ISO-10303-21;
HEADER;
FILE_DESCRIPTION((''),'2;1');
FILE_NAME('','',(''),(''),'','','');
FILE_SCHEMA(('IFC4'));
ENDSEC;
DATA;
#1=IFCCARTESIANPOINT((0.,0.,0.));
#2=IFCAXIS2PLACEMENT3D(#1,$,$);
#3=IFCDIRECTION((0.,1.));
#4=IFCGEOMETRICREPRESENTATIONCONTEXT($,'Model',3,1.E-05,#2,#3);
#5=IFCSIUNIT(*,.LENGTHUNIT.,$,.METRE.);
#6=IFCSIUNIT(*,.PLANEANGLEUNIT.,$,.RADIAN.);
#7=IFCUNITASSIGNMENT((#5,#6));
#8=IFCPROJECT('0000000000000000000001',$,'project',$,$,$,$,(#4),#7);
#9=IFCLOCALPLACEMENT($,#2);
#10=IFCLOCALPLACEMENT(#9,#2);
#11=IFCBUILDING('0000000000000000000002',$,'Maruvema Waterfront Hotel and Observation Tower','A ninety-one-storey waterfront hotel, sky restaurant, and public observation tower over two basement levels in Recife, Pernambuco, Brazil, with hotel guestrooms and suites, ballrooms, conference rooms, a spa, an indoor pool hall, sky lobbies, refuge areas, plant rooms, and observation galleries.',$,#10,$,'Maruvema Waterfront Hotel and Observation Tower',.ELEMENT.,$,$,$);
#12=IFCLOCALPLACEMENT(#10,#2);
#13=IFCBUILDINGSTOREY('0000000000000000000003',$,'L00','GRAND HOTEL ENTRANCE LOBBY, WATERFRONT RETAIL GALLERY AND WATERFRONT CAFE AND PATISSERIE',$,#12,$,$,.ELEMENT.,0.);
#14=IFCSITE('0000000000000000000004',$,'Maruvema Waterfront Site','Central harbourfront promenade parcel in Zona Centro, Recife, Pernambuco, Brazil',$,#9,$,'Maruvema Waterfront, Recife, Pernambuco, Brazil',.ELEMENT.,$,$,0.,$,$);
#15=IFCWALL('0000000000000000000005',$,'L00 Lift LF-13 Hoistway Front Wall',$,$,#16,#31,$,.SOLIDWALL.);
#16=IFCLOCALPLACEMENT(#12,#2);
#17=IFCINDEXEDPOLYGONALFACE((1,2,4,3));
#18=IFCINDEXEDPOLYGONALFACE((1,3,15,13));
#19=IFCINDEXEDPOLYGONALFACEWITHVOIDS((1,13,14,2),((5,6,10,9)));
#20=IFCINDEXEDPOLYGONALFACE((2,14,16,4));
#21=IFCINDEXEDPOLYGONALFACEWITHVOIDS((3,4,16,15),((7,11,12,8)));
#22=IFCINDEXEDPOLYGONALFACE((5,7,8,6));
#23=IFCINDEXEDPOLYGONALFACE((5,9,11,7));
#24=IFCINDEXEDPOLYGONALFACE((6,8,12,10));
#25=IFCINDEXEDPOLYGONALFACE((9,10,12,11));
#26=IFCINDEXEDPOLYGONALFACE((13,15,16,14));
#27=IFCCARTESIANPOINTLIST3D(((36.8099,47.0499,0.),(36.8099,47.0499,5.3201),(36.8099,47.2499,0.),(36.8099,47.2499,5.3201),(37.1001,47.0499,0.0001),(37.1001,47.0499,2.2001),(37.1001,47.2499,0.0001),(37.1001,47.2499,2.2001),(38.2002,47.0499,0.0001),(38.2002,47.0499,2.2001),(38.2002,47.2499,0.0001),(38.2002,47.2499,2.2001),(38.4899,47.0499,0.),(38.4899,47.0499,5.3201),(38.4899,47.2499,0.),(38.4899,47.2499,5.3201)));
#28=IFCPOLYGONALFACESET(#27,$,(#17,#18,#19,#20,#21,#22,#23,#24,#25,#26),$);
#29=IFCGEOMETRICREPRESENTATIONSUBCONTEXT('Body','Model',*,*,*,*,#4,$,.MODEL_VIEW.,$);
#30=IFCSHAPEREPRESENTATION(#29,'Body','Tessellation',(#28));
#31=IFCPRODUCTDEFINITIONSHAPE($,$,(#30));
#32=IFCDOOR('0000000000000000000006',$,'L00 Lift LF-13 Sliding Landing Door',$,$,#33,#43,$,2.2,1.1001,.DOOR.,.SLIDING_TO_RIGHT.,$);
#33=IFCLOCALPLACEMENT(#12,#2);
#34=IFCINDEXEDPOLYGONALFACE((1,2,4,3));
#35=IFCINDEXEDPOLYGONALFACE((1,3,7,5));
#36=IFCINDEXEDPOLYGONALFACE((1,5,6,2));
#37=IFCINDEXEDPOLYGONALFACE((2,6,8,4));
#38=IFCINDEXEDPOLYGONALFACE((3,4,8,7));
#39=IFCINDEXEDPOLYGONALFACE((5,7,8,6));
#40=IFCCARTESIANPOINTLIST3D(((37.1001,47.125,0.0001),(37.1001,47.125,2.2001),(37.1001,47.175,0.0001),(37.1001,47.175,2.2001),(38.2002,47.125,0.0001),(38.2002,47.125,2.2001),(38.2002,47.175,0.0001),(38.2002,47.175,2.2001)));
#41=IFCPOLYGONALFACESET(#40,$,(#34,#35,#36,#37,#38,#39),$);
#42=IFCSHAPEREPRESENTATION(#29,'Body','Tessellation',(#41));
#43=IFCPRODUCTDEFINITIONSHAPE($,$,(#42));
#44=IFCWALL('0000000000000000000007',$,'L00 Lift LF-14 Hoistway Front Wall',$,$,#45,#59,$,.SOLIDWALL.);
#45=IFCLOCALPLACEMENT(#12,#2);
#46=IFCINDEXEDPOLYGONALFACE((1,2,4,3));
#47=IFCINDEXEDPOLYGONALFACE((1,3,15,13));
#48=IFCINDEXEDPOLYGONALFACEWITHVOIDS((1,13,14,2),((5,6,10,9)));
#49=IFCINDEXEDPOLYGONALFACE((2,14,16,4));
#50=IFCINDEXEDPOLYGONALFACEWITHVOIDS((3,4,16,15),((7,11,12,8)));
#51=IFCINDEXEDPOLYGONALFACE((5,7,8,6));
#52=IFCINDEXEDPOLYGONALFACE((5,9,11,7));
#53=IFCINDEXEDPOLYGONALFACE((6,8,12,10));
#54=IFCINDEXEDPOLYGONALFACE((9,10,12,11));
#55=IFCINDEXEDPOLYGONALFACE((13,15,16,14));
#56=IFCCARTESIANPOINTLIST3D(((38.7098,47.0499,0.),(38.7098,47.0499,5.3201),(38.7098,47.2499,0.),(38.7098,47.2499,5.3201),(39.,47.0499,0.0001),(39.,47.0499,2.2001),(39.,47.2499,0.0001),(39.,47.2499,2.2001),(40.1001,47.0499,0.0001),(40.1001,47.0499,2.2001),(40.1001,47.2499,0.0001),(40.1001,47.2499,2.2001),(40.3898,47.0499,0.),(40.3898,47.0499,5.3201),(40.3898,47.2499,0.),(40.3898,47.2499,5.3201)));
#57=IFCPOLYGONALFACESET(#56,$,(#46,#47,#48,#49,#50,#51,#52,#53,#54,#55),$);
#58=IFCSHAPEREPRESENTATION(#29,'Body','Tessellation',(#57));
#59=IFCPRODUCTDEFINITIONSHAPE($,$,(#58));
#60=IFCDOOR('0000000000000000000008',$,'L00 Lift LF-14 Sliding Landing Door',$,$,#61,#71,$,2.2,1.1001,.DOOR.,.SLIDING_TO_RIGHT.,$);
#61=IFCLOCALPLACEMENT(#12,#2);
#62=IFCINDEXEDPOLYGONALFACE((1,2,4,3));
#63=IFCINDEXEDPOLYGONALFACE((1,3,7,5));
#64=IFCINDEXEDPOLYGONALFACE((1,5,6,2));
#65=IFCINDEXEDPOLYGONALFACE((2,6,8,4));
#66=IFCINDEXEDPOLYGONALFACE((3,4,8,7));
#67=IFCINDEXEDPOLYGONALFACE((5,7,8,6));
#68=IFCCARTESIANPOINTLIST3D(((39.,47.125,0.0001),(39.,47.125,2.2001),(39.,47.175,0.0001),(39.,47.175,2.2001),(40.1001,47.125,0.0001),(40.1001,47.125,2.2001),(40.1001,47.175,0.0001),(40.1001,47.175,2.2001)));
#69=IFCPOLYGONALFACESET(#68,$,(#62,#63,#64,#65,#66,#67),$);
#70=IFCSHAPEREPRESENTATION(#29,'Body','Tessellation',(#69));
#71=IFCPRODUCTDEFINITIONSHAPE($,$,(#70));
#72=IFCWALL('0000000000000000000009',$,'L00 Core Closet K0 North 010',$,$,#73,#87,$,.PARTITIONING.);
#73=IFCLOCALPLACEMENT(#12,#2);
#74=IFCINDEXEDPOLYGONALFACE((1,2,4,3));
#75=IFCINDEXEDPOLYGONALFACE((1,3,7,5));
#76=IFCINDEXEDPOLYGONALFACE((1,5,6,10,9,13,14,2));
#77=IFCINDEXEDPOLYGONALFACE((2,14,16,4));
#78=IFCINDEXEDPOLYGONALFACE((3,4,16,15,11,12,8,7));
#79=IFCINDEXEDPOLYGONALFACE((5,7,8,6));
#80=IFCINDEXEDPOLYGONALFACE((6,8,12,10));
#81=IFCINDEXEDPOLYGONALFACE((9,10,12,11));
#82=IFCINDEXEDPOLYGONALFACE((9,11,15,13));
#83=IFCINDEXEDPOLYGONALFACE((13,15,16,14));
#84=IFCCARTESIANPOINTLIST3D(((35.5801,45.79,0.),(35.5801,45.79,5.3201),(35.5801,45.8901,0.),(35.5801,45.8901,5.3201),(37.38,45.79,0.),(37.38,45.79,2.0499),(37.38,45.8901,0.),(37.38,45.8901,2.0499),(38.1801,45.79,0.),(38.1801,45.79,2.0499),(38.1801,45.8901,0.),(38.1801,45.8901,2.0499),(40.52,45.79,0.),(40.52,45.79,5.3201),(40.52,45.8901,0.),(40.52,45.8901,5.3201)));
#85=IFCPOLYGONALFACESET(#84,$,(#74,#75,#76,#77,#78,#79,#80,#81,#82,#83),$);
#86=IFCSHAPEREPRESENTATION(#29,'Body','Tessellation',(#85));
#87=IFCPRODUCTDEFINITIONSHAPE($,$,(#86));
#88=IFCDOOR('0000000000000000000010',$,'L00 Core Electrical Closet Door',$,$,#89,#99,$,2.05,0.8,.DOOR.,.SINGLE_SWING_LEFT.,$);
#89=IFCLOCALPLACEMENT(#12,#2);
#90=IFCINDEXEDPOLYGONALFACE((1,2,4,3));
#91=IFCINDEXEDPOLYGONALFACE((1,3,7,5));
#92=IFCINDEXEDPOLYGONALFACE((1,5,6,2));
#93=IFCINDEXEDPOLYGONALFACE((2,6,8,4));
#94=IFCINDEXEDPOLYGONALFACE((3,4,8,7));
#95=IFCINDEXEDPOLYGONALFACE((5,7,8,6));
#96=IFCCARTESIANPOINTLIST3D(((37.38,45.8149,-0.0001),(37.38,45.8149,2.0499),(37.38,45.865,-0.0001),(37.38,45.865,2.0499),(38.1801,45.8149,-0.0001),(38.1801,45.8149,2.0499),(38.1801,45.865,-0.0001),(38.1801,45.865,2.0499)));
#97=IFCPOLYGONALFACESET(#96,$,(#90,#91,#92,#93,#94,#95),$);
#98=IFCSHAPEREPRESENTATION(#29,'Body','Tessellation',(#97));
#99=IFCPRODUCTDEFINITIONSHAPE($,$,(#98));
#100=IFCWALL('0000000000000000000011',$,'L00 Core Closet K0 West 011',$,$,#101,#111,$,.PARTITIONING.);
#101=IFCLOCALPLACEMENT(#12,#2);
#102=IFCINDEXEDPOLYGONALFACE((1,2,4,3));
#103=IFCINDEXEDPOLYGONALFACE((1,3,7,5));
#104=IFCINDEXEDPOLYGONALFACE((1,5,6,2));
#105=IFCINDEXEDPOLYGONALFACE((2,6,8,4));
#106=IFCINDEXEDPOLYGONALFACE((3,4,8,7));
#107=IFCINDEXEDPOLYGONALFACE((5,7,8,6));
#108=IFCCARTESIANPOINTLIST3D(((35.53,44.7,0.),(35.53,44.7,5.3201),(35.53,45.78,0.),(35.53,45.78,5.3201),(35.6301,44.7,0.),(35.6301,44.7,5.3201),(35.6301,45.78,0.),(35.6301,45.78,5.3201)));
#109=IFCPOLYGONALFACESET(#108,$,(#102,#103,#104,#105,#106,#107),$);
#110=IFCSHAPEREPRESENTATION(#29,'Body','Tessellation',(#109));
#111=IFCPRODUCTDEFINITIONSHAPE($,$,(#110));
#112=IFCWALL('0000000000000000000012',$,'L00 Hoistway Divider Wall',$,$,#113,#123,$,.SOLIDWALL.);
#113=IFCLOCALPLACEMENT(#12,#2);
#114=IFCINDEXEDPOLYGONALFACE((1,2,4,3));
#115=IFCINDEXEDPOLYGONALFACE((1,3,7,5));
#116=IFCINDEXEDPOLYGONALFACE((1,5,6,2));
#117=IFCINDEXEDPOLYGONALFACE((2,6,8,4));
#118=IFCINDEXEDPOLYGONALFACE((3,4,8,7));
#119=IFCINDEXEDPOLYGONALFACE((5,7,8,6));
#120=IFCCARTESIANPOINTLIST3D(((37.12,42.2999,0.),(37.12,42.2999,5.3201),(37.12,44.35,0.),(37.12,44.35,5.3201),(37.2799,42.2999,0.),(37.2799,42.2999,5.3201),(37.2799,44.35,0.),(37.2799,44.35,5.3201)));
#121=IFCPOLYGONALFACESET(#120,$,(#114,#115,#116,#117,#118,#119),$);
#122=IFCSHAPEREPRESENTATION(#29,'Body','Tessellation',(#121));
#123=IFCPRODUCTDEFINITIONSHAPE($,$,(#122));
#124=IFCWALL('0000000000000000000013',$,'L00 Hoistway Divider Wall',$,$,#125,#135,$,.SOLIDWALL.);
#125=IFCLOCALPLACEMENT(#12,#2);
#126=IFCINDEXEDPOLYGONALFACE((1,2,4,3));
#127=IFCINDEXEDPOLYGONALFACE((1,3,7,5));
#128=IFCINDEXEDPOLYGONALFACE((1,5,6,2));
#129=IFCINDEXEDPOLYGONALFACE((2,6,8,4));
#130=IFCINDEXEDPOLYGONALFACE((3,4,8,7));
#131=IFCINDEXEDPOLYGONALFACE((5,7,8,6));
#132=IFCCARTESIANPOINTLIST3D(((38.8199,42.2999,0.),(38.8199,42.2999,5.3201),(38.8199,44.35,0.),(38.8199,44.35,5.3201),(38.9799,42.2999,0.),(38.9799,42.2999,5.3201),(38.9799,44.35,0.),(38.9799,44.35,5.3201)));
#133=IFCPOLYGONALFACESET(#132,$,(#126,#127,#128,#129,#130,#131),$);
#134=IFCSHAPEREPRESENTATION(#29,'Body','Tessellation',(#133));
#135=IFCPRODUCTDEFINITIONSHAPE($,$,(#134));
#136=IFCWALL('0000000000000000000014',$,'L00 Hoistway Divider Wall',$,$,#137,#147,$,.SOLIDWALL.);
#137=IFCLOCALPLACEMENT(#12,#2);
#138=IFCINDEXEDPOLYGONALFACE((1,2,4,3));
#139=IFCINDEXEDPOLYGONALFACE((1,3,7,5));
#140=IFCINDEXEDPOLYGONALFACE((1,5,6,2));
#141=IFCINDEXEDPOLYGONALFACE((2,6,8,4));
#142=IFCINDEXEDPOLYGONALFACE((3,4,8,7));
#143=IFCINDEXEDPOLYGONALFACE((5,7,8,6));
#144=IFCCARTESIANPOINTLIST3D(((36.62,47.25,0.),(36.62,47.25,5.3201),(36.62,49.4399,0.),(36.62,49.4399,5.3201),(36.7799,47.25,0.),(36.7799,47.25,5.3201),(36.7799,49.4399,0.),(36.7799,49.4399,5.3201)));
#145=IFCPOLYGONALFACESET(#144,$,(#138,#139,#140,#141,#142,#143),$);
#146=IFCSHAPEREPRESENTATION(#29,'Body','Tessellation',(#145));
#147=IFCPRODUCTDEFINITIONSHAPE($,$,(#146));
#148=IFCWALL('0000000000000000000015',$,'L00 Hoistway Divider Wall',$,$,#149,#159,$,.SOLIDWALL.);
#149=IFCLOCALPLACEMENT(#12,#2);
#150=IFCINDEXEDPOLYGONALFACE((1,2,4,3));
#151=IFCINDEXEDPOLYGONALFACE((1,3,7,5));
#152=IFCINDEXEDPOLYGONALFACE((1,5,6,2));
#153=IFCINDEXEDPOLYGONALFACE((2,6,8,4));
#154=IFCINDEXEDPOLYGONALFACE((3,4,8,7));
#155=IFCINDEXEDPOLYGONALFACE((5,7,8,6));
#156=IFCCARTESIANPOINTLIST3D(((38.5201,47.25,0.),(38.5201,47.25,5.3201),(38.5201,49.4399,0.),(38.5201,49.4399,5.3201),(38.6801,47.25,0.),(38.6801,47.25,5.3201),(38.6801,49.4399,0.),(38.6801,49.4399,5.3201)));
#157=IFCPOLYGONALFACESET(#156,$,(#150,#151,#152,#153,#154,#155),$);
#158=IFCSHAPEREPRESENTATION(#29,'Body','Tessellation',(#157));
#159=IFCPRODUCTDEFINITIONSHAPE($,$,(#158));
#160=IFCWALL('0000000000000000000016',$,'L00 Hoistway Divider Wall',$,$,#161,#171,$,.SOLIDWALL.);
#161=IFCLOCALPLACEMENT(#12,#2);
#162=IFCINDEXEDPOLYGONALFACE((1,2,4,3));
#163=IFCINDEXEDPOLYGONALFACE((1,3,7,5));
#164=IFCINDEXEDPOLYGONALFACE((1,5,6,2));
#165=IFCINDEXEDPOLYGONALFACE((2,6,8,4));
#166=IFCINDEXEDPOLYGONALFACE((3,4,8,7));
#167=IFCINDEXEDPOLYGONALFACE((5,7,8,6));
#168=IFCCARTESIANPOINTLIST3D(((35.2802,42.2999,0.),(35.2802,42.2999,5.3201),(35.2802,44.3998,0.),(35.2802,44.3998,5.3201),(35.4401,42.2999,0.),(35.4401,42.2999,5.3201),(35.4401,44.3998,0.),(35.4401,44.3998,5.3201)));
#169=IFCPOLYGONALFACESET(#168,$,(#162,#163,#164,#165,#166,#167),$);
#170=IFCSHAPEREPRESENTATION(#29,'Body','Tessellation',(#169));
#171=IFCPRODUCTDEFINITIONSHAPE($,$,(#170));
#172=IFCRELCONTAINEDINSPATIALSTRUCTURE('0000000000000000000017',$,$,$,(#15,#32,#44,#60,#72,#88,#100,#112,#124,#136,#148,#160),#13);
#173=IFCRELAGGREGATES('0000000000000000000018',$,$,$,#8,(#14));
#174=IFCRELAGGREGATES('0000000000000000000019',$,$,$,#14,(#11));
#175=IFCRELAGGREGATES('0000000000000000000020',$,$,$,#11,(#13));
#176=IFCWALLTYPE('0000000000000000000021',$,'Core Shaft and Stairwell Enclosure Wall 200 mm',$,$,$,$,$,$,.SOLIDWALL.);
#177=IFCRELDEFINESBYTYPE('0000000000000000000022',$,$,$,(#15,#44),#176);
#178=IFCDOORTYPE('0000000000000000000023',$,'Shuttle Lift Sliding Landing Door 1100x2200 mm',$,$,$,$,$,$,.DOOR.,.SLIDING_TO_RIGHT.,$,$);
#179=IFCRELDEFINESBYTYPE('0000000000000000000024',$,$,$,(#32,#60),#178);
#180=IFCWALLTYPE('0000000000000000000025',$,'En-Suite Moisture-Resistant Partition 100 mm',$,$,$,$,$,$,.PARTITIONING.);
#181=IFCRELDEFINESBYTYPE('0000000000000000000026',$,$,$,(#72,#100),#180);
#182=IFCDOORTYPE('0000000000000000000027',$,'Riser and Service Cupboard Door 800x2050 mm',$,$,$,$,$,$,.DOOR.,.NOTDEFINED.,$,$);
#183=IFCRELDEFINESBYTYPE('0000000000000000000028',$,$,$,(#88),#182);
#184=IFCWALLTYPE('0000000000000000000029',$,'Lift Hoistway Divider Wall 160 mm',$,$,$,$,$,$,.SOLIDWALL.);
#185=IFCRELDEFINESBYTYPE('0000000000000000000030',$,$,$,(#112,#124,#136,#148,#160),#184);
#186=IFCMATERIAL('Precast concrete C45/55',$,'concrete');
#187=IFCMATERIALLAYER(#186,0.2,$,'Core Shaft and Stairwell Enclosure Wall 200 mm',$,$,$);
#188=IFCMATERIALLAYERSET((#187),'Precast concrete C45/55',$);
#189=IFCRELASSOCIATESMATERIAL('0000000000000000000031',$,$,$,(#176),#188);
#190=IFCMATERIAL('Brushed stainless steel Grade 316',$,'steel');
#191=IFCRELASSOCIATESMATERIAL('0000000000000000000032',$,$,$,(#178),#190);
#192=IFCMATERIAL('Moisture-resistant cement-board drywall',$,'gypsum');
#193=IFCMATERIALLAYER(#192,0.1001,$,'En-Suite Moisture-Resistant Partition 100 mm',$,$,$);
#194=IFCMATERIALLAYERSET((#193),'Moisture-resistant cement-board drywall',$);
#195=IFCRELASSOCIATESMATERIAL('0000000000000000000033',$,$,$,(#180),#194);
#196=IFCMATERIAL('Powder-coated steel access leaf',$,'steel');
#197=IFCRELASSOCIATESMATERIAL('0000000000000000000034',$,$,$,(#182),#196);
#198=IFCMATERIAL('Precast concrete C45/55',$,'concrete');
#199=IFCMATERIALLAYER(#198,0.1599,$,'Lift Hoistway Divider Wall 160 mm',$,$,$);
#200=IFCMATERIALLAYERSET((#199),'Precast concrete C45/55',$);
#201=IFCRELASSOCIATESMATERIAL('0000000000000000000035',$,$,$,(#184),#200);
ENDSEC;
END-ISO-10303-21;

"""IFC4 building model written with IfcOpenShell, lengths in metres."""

from ifc_helpers import new_model, si_unit, direction, frame, frame_2d, origin, place, context, subcontext, project, spatial, rectangle, extrude, material, layer, layer_set, type_object, element, fill, save


model = new_model("IFC4")

# Units and contexts
model_context = context("Model", 3, precision=1e-05, world=origin(), true_north=direction((0.0, 1.0)))
body_context = subcontext(model_context, "Body", "Model", "MODEL_VIEW")
ifc_project = project(units=[si_unit("LENGTHUNIT", "METRE"), si_unit("PLANEANGLEUNIT", "RADIAN")], contexts=[model_context])

# Site, building, storey
site_placement = place(None, origin())
site = spatial("IfcSite", under=ifc_project, at=site_placement, Name="Maruvema Waterfront Site", Description="Central harbourfront promenade parcel in Zona Centro, Recife, Pernambuco, Brazil", LongName="Maruvema Waterfront, Recife, Pernambuco, Brazil", CompositionType="ELEMENT", RefElevation=0.0)
building_placement = place(site_placement, origin())
building = spatial("IfcBuilding", under=site, at=building_placement, Name="Maruvema Waterfront Hotel and Observation Tower", Description="A ninety-one-storey waterfront hotel, sky restaurant, and public observation tower over two basement levels in Recife, Pernambuco, Brazil, with hotel guestrooms and suites, ballrooms, conference rooms, a spa, an indoor pool hall, sky lobbies, refuge areas, plant rooms, and observation galleries.", LongName="Maruvema Waterfront Hotel and Observation Tower", CompositionType="ELEMENT")
storey_placement = place(building_placement, origin())
storey = spatial("IfcBuildingStorey", under=building, at=storey_placement, Name="L00", Description="GRAND HOTEL ENTRANCE LOBBY, WATERFRONT RETAIL GALLERY AND WATERFRONT CAFE AND PATISSERIE", CompositionType="ELEMENT", Elevation=0.0)

# Walls, openings, doors
ifc_material_1 = material(Name="Precast concrete C45/55", Category="concrete")
ifc_layer_1 = layer(ifc_material_1, 0.2, Name="Core Shaft and Stairwell Enclosure Wall 200 mm")
ifc_layer_set_1 = layer_set([ifc_layer_1], Name="Precast concrete C45/55")
wall_type_1 = type_object("IfcWallType", Name="Core Shaft and Stairwell Enclosure Wall 200 mm", PredefinedType="SOLIDWALL", material=ifc_layer_set_1)
wall_1_placement = place(storey_placement, frame((36.8101, 47.1499, 0.0), z_axis=(0.0, 0.0, 1.0), x_axis=(1.0, 0.0, 0.0)))
wall_1 = element("IfcWall", 1, at=wall_1_placement, inside=storey, type_object=wall_type_1, Name="L00 Lift LF-13 Hoistway Front Wall", PredefinedType="SOLIDWALL", context=body_context, shape_type="SweptSolid", body=[
    extrude(rectangle(XDim=1.6799, YDim=0.2, at=frame_2d((0.8398, 0.0))), origin(), (0.0, 0.0, 1.0), 5.3201),
])
opening_1_placement = place(wall_1_placement, frame((0.29, 0.0, 0.0)))
opening_1 = element("IfcOpeningElement", 2, at=opening_1_placement, cuts=wall_1, PredefinedType="OPENING", context=body_context, shape_type="SweptSolid", body=[
    extrude(rectangle(XDim=1.1001, YDim=2.2, at=frame_2d((0.55, 1.1001))), frame((0.0, 0.1099, 0.0), z_axis=(0.0, -1.0, 0.0), x_axis=(1.0, 0.0, 0.0)), (0.0, 0.0, 1.0), 0.22),
])
ifc_material_2 = material(Name="Brushed stainless steel Grade 316", Category="steel")
door_type_1 = type_object("IfcDoorType", Name="Shuttle Lift Sliding Landing Door 1100x2200 mm", OperationType="SLIDING_TO_RIGHT", PredefinedType="DOOR", material=ifc_material_2)
door_1_placement = place(opening_1_placement, frame((1.1001, 0.0, 0.0), z_axis=(0.0, 0.0, 1.0), x_axis=(-1.0, 0.0, 0.0)))
door_1 = element("IfcDoor", 3, at=door_1_placement, inside=storey, type_object=door_type_1, Name="L00 Lift LF-13 Sliding Landing Door", OperationType="SLIDING_TO_RIGHT", OverallHeight=2.2, OverallWidth=1.1001, PredefinedType="DOOR", context=body_context, shape_type="SweptSolid", body=[
    extrude(rectangle(XDim=1.1001, YDim=2.2, at=frame_2d((0.55, 1.1001))), frame((0.0, 0.0249, 0.0), z_axis=(0.0, -1.0, 0.0), x_axis=(1.0, 0.0, 0.0)), (0.0, 0.0, 1.0), 0.05),
])
fill(opening_1, door_1)
wall_2_placement = place(storey_placement, frame((38.71, 47.1499, 0.0), z_axis=(0.0, 0.0, 1.0), x_axis=(1.0, 0.0, 0.0)))
wall_2 = element("IfcWall", 4, at=wall_2_placement, inside=storey, type_object=wall_type_1, Name="L00 Lift LF-14 Hoistway Front Wall", PredefinedType="SOLIDWALL", context=body_context, shape_type="SweptSolid", body=[
    extrude(rectangle(XDim=1.6799, YDim=0.2, at=frame_2d((0.8398, 0.0))), origin(), (0.0, 0.0, 1.0), 5.3201),
])
opening_2_placement = place(wall_2_placement, frame((0.29, 0.0, 0.0)))
opening_2 = element("IfcOpeningElement", 5, at=opening_2_placement, cuts=wall_2, PredefinedType="OPENING", context=body_context, shape_type="SweptSolid", body=[
    extrude(rectangle(XDim=1.1001, YDim=2.2, at=frame_2d((0.55, 1.1001))), frame((0.0, 0.1099, 0.0), z_axis=(0.0, -1.0, 0.0), x_axis=(1.0, 0.0, 0.0)), (0.0, 0.0, 1.0), 0.22),
])
door_2_placement = place(opening_2_placement, frame((1.1001, 0.0, 0.0), z_axis=(0.0, 0.0, 1.0), x_axis=(-1.0, 0.0, 0.0)))
door_2 = element("IfcDoor", 6, at=door_2_placement, inside=storey, type_object=door_type_1, Name="L00 Lift LF-14 Sliding Landing Door", OperationType="SLIDING_TO_RIGHT", OverallHeight=2.2, OverallWidth=1.1001, PredefinedType="DOOR", context=body_context, shape_type="SweptSolid", body=[
    extrude(rectangle(XDim=1.1001, YDim=2.2, at=frame_2d((0.55, 1.1001))), frame((0.0, 0.0249, 0.0), z_axis=(0.0, -1.0, 0.0), x_axis=(1.0, 0.0, 0.0)), (0.0, 0.0, 1.0), 0.05),
])
fill(opening_2, door_2)
ifc_material_3 = material(Name="Moisture-resistant cement-board drywall", Category="gypsum")
ifc_layer_2 = layer(ifc_material_3, 0.1001, Name="En-Suite Moisture-Resistant Partition 100 mm")
ifc_layer_set_2 = layer_set([ifc_layer_2], Name="Moisture-resistant cement-board drywall")
wall_type_2 = type_object("IfcWallType", Name="En-Suite Moisture-Resistant Partition 100 mm", PredefinedType="PARTITIONING", material=ifc_layer_set_2)
wall_3_placement = place(storey_placement, frame((35.5801, 45.8401, 0.0), z_axis=(0.0, 0.0, 1.0), x_axis=(1.0, 0.0, 0.0)))
wall_3 = element("IfcWall", 7, at=wall_3_placement, inside=storey, type_object=wall_type_2, Name="L00 Core Closet K0 North 010", PredefinedType="PARTITIONING", context=body_context, shape_type="SweptSolid", body=[
    extrude(rectangle(XDim=4.9399, YDim=0.1001, at=frame_2d((2.47, 0.0))), origin(), (0.0, 0.0, 1.0), 5.3201),
])
opening_3_placement = place(wall_3_placement, frame((1.8, 0.0, 0.0)))
opening_3 = element("IfcOpeningElement", 8, at=opening_3_placement, cuts=wall_3, PredefinedType="OPENING", context=body_context, shape_type="SweptSolid", body=[
    extrude(rectangle(XDim=0.8, YDim=2.05, at=frame_2d((0.3999, 1.0249))), frame((0.0, 0.0601, 0.0), z_axis=(0.0, -1.0, 0.0), x_axis=(1.0, 0.0, 0.0)), (0.0, 0.0, 1.0), 0.1201),
])
ifc_material_4 = material(Name="Powder-coated steel access leaf", Category="steel")
door_type_2 = type_object("IfcDoorType", Name="Riser and Service Cupboard Door 800x2050 mm", OperationType="NOTDEFINED", PredefinedType="DOOR", material=ifc_material_4)
door_3_placement = place(opening_3_placement, origin())
door_3 = element("IfcDoor", 9, at=door_3_placement, inside=storey, type_object=door_type_2, Name="L00 Core Electrical Closet Door", OperationType="SINGLE_SWING_LEFT", OverallHeight=2.05, OverallWidth=0.8, PredefinedType="DOOR", context=body_context, shape_type="SweptSolid", body=[
    extrude(rectangle(XDim=0.8, YDim=2.05, at=frame_2d((0.3999, 1.0249))), frame((0.0, 0.0249, 0.0), z_axis=(0.0, -1.0, 0.0), x_axis=(1.0, 0.0, 0.0)), (0.0, 0.0, 1.0), 0.05),
])
fill(opening_3, door_3)

# Walls
wall_4_placement = place(storey_placement, frame((35.5801, 44.7, 0.0), z_axis=(0.0, 0.0, 1.0), x_axis=(0.0, 1.0, 0.0)))
element("IfcWall", 10, at=wall_4_placement, inside=storey, type_object=wall_type_2, Name="L00 Core Closet K0 West 011", PredefinedType="PARTITIONING", context=body_context, shape_type="SweptSolid", body=[
    extrude(rectangle(XDim=1.0801, YDim=0.1001, at=frame_2d((0.54, 0.0))), origin(), (0.0, 0.0, 1.0), 5.3201),
])
ifc_material_5 = material(Name="Precast concrete C45/55", Category="concrete")
ifc_layer_3 = layer(ifc_material_5, 0.1599, Name="Lift Hoistway Divider Wall 160 mm")
ifc_layer_set_3 = layer_set([ifc_layer_3], Name="Precast concrete C45/55")
wall_type_3 = type_object("IfcWallType", Name="Lift Hoistway Divider Wall 160 mm", PredefinedType="SOLIDWALL", material=ifc_layer_set_3)
for number, where, z_axis, x_axis, name in (
    (11, (37.2, 42.3, 0.0), (0.0, 0.0, 1.0), (0.0, 1.0, 0.0), "L00 Hoistway Divider Wall"),
    (12, (38.8999, 42.3, 0.0), (0.0, 0.0, 1.0), (0.0, 1.0, 0.0), "L00 Hoistway Divider Wall"),
):
    element("IfcWall", number, at=place(storey_placement, frame(where, z_axis=z_axis, x_axis=x_axis)), inside=storey, type_object=wall_type_3, Name=name, PredefinedType="SOLIDWALL", context=body_context, shape_type="SweptSolid", body=[
        extrude(rectangle(XDim=2.05, YDim=0.1599, at=frame_2d((1.0249, 0.0))), origin(), (0.0, 0.0, 1.0), 5.3201),
    ])
for number, where, z_axis, x_axis, name in (
    (13, (36.7, 47.25, 0.0), (0.0, 0.0, 1.0), (0.0, 1.0, 0.0), "L00 Hoistway Divider Wall"),
    (14, (38.6001, 47.25, 0.0), (0.0, 0.0, 1.0), (0.0, 1.0, 0.0), "L00 Hoistway Divider Wall"),
):
    element("IfcWall", number, at=place(storey_placement, frame(where, z_axis=z_axis, x_axis=x_axis)), inside=storey, type_object=wall_type_3, Name=name, PredefinedType="SOLIDWALL", context=body_context, shape_type="SweptSolid", body=[
        extrude(rectangle(XDim=2.1899, YDim=0.1599, at=frame_2d((1.095, 0.0))), origin(), (0.0, 0.0, 1.0), 5.3201),
    ])
wall_5_placement = place(storey_placement, frame((35.3601, 42.3, 0.0), z_axis=(0.0, 0.0, 1.0), x_axis=(0.0, 1.0, 0.0)))
element("IfcWall", 15, at=wall_5_placement, inside=storey, type_object=wall_type_3, Name="L00 Hoistway Divider Wall", PredefinedType="SOLIDWALL", context=body_context, shape_type="SweptSolid", body=[
    extrude(rectangle(XDim=2.0999, YDim=0.1599, at=frame_2d((1.0498, 0.0))), origin(), (0.0, 0.0, 1.0), 5.3201),
])

save(model, "model.ifc")
